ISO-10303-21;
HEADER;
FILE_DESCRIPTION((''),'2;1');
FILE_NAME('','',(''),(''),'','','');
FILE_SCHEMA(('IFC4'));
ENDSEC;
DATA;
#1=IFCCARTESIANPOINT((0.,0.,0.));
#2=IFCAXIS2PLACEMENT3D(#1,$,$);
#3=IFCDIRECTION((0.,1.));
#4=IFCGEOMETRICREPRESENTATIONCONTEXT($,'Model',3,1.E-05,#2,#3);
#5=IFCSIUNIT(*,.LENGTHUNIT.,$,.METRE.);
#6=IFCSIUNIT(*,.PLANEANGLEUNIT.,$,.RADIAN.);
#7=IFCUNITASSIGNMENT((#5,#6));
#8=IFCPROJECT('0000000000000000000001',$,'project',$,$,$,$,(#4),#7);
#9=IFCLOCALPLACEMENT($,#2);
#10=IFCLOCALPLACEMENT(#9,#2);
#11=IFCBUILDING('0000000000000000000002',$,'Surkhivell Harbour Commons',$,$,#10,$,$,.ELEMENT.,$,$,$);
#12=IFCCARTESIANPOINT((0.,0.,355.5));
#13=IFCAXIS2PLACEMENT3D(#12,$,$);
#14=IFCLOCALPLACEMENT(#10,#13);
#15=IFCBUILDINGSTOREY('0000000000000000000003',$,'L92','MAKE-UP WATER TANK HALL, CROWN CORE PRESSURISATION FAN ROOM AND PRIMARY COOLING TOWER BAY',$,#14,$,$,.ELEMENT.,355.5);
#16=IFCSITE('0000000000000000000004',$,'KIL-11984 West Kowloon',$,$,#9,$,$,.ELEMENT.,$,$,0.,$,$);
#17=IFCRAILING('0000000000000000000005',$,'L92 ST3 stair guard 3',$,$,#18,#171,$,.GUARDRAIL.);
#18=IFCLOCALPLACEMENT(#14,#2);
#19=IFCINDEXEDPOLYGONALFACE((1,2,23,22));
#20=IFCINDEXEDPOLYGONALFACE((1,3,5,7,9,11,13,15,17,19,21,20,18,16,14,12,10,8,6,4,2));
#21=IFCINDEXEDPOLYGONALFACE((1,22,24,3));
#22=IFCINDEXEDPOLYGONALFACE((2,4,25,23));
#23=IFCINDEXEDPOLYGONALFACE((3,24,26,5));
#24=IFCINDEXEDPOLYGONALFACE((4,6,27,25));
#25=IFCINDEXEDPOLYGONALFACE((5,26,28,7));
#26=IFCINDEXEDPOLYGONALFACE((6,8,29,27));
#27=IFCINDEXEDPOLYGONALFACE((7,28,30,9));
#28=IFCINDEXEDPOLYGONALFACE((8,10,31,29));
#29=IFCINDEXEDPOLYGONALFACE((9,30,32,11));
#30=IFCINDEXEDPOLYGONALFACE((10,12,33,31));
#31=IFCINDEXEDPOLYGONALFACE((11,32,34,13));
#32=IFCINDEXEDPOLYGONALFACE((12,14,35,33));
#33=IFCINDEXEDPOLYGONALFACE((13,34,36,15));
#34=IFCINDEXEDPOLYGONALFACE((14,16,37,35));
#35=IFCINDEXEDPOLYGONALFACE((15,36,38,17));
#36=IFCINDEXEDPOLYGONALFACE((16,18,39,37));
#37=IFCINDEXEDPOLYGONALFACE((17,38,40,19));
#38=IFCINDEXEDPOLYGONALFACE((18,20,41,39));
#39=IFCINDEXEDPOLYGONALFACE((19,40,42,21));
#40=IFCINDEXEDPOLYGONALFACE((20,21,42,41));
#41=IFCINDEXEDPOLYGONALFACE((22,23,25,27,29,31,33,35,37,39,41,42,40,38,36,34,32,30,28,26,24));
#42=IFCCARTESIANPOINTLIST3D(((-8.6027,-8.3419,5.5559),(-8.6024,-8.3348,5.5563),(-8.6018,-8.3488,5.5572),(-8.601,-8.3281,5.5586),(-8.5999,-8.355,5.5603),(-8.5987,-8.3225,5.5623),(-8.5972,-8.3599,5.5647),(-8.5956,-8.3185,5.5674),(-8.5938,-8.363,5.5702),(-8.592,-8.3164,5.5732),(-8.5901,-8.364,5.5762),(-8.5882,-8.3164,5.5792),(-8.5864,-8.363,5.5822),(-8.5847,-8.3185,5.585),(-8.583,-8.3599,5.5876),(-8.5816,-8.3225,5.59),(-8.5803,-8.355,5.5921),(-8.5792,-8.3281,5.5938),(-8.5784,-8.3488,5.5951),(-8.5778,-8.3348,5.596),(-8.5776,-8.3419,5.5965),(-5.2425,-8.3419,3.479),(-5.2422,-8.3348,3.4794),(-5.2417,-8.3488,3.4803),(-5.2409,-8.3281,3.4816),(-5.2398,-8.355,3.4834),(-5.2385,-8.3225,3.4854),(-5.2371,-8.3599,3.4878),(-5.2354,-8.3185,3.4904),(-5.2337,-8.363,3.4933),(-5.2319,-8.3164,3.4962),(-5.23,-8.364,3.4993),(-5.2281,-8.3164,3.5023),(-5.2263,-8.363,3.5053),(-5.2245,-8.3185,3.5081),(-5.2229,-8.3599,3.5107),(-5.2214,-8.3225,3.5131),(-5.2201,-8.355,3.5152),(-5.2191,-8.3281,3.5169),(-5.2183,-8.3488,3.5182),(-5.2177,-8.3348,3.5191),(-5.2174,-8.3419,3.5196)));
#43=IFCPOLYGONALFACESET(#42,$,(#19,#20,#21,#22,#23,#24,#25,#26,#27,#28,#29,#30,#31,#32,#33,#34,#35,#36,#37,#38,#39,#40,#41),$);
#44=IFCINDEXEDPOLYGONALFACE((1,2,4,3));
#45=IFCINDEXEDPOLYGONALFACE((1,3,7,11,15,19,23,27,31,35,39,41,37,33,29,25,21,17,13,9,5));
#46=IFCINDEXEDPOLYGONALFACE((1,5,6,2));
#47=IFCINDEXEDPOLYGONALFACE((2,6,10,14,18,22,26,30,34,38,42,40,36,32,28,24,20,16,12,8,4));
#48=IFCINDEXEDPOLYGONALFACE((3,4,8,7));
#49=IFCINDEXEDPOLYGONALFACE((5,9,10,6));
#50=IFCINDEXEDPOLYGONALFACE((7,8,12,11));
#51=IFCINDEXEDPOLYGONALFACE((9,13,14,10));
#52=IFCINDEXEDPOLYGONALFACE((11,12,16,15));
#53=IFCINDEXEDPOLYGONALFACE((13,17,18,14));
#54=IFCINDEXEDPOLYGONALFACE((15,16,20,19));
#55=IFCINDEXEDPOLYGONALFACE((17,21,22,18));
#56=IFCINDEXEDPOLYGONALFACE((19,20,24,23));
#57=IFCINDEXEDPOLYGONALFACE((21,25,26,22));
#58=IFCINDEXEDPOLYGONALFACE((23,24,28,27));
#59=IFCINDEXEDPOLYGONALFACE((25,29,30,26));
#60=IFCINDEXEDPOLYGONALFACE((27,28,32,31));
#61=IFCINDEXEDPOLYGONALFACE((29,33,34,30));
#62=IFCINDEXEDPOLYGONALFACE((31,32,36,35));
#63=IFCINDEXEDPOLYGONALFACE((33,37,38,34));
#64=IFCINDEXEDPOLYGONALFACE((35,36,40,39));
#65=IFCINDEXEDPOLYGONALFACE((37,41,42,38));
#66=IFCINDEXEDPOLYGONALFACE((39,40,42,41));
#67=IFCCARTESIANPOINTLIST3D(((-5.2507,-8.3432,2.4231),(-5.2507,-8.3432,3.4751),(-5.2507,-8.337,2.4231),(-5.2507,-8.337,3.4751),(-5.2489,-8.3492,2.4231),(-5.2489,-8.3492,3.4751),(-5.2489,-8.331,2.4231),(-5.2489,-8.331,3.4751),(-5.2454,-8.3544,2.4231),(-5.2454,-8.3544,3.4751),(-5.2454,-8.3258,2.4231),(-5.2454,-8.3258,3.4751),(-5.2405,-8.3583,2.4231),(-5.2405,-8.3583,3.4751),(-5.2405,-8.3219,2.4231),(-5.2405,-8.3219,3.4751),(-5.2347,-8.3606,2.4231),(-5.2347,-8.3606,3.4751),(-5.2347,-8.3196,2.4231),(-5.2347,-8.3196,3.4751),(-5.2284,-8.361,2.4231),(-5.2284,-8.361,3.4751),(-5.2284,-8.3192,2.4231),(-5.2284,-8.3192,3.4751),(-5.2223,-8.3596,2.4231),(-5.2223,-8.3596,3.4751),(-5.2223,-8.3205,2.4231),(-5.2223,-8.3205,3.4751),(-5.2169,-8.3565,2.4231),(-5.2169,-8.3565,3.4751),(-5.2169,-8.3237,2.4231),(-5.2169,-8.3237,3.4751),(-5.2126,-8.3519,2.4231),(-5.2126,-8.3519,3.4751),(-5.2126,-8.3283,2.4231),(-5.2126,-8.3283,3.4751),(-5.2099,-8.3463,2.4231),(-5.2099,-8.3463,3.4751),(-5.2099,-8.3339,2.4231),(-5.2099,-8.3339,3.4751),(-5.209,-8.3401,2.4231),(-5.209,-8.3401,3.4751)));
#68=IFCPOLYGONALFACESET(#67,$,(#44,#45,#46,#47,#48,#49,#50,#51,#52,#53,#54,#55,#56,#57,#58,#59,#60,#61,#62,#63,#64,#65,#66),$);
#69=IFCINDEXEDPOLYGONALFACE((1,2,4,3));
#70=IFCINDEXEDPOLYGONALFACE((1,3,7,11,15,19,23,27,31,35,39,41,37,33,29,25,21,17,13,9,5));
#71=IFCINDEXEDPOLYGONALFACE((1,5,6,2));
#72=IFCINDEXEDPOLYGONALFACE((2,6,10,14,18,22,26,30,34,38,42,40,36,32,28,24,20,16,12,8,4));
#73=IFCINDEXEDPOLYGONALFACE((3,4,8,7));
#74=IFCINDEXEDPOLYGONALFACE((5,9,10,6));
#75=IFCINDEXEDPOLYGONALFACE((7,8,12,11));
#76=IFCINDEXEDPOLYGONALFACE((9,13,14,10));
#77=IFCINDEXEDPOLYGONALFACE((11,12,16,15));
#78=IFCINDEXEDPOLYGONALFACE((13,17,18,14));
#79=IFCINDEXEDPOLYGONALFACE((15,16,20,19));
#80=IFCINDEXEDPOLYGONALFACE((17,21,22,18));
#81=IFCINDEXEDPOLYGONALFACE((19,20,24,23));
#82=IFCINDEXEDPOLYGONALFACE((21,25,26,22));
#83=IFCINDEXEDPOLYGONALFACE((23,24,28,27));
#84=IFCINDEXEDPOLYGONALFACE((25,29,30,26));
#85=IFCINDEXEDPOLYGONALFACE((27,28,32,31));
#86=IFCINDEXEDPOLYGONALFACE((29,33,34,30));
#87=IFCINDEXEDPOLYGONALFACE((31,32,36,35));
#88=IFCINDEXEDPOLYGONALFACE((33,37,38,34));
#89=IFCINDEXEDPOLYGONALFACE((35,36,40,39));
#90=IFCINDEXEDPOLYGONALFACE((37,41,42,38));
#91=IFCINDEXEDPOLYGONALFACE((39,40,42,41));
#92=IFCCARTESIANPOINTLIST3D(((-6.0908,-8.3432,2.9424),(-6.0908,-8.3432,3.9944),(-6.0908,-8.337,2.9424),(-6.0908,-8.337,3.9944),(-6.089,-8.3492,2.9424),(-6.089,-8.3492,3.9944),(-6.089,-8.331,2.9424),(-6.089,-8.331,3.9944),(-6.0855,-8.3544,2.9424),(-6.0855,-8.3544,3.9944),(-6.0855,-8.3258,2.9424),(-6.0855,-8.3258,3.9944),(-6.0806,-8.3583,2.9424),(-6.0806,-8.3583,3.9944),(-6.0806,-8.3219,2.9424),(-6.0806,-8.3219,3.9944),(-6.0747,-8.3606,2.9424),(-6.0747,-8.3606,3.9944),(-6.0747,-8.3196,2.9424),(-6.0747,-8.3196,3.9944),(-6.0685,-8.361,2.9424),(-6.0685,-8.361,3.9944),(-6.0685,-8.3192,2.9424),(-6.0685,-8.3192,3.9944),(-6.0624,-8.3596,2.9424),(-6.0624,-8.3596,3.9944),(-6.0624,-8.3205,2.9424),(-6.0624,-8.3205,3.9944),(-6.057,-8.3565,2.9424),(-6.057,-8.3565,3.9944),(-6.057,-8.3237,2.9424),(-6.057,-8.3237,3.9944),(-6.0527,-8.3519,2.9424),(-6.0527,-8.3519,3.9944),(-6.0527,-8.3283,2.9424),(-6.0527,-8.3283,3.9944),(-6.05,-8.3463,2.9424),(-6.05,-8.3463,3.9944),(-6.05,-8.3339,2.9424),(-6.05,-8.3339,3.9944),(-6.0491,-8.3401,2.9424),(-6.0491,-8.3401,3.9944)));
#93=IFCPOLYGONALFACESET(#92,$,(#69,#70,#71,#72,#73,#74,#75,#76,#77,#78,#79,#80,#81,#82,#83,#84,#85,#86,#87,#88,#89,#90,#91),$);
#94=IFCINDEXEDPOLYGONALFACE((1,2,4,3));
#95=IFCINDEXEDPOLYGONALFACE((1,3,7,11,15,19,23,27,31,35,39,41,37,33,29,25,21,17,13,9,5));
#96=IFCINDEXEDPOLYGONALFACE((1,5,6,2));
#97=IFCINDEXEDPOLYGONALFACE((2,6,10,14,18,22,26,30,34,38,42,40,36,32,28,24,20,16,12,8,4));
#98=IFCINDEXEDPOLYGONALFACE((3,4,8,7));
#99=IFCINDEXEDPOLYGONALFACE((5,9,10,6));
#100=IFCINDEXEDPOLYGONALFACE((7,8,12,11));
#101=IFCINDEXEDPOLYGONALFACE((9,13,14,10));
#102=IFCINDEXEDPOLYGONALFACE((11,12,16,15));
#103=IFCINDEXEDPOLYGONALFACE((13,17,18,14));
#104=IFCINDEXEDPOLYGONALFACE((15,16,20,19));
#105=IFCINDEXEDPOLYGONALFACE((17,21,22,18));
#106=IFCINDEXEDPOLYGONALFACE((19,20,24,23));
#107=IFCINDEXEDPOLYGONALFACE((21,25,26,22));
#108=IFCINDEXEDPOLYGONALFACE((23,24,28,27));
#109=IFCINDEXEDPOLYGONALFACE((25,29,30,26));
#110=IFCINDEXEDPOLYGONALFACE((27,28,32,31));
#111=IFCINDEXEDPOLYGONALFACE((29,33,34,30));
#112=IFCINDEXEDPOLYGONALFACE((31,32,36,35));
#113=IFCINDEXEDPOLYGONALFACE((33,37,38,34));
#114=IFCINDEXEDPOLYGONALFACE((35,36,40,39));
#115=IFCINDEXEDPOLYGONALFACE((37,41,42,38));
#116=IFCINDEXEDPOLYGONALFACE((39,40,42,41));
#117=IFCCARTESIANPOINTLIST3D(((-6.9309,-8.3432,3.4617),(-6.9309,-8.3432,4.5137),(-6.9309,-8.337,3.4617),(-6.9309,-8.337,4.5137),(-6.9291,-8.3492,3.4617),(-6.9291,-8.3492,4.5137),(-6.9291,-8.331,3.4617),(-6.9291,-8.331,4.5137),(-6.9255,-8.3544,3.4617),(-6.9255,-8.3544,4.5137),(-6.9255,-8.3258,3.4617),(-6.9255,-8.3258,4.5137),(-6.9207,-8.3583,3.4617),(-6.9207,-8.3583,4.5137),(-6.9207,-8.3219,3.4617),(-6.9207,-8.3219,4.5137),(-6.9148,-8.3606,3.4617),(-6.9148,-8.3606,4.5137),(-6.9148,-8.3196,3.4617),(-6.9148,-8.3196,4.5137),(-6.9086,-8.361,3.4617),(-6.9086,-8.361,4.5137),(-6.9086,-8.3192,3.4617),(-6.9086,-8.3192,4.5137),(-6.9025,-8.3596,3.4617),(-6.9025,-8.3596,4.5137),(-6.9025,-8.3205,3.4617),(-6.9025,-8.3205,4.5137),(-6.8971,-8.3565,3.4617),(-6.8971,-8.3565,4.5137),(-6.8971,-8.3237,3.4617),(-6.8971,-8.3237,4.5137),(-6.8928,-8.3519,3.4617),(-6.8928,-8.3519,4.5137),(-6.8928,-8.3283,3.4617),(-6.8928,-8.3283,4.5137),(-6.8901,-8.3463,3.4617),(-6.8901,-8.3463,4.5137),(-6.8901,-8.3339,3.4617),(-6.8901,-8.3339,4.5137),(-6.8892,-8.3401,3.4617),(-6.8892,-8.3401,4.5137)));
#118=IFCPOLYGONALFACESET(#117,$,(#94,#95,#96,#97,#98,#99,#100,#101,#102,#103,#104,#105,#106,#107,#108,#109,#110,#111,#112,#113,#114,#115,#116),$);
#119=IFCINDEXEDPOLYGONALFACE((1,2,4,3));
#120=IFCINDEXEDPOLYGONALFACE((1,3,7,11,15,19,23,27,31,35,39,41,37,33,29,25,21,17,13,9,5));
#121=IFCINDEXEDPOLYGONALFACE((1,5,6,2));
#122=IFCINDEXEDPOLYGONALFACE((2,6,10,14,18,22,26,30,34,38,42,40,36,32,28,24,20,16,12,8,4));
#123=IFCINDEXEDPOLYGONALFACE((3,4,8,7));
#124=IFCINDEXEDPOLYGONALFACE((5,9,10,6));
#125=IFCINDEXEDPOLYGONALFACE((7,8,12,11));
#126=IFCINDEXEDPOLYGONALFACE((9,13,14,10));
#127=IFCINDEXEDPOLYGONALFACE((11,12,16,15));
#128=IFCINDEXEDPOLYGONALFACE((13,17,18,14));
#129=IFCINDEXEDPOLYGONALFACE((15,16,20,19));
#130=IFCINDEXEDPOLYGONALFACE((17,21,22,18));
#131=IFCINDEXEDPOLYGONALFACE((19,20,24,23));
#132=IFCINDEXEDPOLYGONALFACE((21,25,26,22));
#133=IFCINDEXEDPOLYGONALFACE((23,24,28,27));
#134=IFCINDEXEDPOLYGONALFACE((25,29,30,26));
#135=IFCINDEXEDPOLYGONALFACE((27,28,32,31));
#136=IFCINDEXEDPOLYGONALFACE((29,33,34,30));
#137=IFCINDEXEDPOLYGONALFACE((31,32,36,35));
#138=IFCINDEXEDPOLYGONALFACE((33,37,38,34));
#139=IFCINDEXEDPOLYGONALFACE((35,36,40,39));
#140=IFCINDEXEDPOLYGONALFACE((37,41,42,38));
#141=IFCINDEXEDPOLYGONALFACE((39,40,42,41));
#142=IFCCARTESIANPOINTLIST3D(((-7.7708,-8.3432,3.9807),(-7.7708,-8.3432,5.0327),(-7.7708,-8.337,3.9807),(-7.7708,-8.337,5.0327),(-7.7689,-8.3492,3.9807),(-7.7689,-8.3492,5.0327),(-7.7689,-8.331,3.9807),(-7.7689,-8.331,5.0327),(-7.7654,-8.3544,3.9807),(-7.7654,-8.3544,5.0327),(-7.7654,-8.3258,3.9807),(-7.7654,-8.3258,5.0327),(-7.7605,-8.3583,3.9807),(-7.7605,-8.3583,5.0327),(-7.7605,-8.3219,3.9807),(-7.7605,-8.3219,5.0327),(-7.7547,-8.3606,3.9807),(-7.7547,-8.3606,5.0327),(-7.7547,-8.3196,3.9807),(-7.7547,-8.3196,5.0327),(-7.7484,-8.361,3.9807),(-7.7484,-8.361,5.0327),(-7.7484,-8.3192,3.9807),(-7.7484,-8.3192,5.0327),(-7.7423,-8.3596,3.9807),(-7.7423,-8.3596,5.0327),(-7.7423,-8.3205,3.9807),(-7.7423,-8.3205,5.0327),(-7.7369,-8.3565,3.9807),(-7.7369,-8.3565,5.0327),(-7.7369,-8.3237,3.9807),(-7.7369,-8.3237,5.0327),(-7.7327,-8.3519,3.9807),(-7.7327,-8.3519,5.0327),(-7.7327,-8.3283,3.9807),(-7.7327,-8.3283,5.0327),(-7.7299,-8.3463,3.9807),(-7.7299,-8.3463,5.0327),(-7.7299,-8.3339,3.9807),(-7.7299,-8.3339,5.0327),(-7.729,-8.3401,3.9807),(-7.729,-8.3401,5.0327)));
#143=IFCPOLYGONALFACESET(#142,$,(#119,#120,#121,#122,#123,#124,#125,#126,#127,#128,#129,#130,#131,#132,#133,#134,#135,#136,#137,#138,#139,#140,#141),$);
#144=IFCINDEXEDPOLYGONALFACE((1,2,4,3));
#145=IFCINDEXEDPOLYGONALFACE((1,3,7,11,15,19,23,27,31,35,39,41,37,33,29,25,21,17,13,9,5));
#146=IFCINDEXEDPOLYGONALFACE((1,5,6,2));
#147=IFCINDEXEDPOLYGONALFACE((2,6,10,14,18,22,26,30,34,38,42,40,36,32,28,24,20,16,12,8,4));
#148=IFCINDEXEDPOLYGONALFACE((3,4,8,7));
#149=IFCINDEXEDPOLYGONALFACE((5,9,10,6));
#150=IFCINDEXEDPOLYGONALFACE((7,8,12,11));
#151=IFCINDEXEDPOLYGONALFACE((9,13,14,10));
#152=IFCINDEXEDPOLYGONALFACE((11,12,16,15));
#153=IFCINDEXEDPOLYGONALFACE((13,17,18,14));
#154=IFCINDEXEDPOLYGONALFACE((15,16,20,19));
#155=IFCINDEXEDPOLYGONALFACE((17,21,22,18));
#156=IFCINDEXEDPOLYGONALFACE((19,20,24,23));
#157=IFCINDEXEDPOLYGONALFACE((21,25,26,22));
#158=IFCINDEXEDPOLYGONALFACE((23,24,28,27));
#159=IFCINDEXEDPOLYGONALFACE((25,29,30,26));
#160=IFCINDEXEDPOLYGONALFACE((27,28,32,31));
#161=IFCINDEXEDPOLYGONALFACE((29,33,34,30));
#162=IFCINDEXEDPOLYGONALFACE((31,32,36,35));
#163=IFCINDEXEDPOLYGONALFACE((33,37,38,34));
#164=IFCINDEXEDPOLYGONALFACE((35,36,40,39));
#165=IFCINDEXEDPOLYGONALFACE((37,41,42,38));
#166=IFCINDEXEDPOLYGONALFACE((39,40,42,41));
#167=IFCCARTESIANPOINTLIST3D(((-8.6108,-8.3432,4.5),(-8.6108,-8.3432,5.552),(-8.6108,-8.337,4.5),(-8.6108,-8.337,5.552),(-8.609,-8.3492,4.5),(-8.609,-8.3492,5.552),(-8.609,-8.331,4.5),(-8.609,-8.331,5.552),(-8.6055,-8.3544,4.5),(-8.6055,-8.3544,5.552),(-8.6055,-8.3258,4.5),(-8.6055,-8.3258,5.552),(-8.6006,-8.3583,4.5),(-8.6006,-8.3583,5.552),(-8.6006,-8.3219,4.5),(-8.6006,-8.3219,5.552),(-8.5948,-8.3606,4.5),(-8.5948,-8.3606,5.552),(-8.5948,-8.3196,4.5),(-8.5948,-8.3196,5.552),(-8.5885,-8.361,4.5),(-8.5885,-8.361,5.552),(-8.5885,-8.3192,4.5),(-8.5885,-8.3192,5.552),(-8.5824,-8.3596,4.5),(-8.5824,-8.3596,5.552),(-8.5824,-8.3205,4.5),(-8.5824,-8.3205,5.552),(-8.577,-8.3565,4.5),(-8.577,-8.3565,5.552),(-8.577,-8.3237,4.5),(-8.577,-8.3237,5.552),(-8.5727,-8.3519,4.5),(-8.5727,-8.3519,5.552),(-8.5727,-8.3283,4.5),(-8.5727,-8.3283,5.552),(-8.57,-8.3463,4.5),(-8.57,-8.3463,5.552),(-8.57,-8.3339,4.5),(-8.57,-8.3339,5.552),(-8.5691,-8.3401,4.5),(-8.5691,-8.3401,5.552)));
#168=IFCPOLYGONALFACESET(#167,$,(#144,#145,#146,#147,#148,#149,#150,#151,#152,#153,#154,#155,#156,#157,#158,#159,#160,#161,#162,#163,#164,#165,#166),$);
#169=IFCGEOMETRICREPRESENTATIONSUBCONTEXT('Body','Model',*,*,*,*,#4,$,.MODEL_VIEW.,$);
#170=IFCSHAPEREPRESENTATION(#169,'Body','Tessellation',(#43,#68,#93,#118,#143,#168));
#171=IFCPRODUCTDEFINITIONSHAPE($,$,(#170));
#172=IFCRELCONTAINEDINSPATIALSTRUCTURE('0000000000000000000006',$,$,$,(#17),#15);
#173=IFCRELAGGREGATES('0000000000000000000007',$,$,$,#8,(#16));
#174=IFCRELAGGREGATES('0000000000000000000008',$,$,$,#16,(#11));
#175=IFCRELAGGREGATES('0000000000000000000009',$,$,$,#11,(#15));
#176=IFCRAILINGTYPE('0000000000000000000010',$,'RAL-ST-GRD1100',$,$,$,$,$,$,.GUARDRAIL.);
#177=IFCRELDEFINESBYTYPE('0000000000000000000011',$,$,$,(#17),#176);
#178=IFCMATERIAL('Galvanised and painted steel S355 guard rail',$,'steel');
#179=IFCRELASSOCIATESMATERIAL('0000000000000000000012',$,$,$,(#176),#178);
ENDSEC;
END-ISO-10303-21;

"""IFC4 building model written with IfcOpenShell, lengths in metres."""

from ifc_helpers import new_model, si_unit, direction, frame, origin, origin_2d, place, context, subcontext, project, spatial, circle, extrude, material, type_object, element, save


model = new_model("IFC4")

# Units and contexts
model_context = context("Model", 3, precision=1e-05, world=origin(), true_north=direction((0.0, 1.0)))
body_context = subcontext(model_context, "Body", "Model", "MODEL_VIEW")
ifc_project = project(units=[si_unit("LENGTHUNIT", "METRE"), si_unit("PLANEANGLEUNIT", "RADIAN")], contexts=[model_context])

# Site, building, storey
site_placement = place(None, origin())
site = spatial("IfcSite", under=ifc_project, at=site_placement, Name="KIL-11984 West Kowloon", CompositionType="ELEMENT", RefElevation=0.0)
building_placement = place(site_placement, origin())
building = spatial("IfcBuilding", under=site, at=building_placement, Name="Surkhivell Harbour Commons", CompositionType="ELEMENT")
storey_placement = place(building_placement, frame((0.0, 0.0, 355.5)))
storey = spatial("IfcBuildingStorey", under=building, at=storey_placement, Name="L92", Description="MAKE-UP WATER TANK HALL, CROWN CORE PRESSURISATION FAN ROOM AND PRIMARY COOLING TOWER BAY", CompositionType="ELEMENT", Elevation=355.5)

# Railing
ifc_material_1 = material(Name="Galvanised and painted steel S355 guard rail", Category="steel")
railing_type_1 = type_object("IfcRailingType", Name="RAL-ST-GRD1100", PredefinedType="GUARDRAIL", material=ifc_material_1)
railing_1_placement = place(storey_placement, frame((-5.23, -8.3401, 2.4231)))
element("IfcRailing", 1, at=railing_1_placement, inside=storey, type_object=railing_type_1, Name="L92 ST3 stair guard 3", PredefinedType="GUARDRAIL", context=body_context, shape_type="SweptSolid", body=[
    extrude(circle(Radius=0.0239, at=origin_2d()), frame((0.0, 0.0, 1.0762), z_axis=(-0.850623, 0.0, 0.525776), x_axis=(0.0, -1.0, 0.0)), (0.0, 0.0, 1.0), 3.9502),
    extrude(circle(Radius=0.021, at=origin_2d()), origin(), (0.0, 0.0, 1.0), 1.052),
    extrude(circle(Radius=0.021, at=origin_2d()), frame((-0.8401, 0.0, 0.5193)), (0.0, 0.0, 1.0), 1.052),
    extrude(circle(Radius=0.021, at=origin_2d()), frame((-1.6802, 0.0, 1.0386)), (0.0, 0.0, 1.0), 1.052),
    extrude(circle(Radius=0.021, at=origin_2d()), frame((-2.52, 0.0, 1.5576)), (0.0, 0.0, 1.0), 1.052),
    extrude(circle(Radius=0.021, at=origin_2d()), frame((-3.3601, 0.0, 2.0769)), (0.0, 0.0, 1.0), 1.052),
])

save(model, "model.ifc")
